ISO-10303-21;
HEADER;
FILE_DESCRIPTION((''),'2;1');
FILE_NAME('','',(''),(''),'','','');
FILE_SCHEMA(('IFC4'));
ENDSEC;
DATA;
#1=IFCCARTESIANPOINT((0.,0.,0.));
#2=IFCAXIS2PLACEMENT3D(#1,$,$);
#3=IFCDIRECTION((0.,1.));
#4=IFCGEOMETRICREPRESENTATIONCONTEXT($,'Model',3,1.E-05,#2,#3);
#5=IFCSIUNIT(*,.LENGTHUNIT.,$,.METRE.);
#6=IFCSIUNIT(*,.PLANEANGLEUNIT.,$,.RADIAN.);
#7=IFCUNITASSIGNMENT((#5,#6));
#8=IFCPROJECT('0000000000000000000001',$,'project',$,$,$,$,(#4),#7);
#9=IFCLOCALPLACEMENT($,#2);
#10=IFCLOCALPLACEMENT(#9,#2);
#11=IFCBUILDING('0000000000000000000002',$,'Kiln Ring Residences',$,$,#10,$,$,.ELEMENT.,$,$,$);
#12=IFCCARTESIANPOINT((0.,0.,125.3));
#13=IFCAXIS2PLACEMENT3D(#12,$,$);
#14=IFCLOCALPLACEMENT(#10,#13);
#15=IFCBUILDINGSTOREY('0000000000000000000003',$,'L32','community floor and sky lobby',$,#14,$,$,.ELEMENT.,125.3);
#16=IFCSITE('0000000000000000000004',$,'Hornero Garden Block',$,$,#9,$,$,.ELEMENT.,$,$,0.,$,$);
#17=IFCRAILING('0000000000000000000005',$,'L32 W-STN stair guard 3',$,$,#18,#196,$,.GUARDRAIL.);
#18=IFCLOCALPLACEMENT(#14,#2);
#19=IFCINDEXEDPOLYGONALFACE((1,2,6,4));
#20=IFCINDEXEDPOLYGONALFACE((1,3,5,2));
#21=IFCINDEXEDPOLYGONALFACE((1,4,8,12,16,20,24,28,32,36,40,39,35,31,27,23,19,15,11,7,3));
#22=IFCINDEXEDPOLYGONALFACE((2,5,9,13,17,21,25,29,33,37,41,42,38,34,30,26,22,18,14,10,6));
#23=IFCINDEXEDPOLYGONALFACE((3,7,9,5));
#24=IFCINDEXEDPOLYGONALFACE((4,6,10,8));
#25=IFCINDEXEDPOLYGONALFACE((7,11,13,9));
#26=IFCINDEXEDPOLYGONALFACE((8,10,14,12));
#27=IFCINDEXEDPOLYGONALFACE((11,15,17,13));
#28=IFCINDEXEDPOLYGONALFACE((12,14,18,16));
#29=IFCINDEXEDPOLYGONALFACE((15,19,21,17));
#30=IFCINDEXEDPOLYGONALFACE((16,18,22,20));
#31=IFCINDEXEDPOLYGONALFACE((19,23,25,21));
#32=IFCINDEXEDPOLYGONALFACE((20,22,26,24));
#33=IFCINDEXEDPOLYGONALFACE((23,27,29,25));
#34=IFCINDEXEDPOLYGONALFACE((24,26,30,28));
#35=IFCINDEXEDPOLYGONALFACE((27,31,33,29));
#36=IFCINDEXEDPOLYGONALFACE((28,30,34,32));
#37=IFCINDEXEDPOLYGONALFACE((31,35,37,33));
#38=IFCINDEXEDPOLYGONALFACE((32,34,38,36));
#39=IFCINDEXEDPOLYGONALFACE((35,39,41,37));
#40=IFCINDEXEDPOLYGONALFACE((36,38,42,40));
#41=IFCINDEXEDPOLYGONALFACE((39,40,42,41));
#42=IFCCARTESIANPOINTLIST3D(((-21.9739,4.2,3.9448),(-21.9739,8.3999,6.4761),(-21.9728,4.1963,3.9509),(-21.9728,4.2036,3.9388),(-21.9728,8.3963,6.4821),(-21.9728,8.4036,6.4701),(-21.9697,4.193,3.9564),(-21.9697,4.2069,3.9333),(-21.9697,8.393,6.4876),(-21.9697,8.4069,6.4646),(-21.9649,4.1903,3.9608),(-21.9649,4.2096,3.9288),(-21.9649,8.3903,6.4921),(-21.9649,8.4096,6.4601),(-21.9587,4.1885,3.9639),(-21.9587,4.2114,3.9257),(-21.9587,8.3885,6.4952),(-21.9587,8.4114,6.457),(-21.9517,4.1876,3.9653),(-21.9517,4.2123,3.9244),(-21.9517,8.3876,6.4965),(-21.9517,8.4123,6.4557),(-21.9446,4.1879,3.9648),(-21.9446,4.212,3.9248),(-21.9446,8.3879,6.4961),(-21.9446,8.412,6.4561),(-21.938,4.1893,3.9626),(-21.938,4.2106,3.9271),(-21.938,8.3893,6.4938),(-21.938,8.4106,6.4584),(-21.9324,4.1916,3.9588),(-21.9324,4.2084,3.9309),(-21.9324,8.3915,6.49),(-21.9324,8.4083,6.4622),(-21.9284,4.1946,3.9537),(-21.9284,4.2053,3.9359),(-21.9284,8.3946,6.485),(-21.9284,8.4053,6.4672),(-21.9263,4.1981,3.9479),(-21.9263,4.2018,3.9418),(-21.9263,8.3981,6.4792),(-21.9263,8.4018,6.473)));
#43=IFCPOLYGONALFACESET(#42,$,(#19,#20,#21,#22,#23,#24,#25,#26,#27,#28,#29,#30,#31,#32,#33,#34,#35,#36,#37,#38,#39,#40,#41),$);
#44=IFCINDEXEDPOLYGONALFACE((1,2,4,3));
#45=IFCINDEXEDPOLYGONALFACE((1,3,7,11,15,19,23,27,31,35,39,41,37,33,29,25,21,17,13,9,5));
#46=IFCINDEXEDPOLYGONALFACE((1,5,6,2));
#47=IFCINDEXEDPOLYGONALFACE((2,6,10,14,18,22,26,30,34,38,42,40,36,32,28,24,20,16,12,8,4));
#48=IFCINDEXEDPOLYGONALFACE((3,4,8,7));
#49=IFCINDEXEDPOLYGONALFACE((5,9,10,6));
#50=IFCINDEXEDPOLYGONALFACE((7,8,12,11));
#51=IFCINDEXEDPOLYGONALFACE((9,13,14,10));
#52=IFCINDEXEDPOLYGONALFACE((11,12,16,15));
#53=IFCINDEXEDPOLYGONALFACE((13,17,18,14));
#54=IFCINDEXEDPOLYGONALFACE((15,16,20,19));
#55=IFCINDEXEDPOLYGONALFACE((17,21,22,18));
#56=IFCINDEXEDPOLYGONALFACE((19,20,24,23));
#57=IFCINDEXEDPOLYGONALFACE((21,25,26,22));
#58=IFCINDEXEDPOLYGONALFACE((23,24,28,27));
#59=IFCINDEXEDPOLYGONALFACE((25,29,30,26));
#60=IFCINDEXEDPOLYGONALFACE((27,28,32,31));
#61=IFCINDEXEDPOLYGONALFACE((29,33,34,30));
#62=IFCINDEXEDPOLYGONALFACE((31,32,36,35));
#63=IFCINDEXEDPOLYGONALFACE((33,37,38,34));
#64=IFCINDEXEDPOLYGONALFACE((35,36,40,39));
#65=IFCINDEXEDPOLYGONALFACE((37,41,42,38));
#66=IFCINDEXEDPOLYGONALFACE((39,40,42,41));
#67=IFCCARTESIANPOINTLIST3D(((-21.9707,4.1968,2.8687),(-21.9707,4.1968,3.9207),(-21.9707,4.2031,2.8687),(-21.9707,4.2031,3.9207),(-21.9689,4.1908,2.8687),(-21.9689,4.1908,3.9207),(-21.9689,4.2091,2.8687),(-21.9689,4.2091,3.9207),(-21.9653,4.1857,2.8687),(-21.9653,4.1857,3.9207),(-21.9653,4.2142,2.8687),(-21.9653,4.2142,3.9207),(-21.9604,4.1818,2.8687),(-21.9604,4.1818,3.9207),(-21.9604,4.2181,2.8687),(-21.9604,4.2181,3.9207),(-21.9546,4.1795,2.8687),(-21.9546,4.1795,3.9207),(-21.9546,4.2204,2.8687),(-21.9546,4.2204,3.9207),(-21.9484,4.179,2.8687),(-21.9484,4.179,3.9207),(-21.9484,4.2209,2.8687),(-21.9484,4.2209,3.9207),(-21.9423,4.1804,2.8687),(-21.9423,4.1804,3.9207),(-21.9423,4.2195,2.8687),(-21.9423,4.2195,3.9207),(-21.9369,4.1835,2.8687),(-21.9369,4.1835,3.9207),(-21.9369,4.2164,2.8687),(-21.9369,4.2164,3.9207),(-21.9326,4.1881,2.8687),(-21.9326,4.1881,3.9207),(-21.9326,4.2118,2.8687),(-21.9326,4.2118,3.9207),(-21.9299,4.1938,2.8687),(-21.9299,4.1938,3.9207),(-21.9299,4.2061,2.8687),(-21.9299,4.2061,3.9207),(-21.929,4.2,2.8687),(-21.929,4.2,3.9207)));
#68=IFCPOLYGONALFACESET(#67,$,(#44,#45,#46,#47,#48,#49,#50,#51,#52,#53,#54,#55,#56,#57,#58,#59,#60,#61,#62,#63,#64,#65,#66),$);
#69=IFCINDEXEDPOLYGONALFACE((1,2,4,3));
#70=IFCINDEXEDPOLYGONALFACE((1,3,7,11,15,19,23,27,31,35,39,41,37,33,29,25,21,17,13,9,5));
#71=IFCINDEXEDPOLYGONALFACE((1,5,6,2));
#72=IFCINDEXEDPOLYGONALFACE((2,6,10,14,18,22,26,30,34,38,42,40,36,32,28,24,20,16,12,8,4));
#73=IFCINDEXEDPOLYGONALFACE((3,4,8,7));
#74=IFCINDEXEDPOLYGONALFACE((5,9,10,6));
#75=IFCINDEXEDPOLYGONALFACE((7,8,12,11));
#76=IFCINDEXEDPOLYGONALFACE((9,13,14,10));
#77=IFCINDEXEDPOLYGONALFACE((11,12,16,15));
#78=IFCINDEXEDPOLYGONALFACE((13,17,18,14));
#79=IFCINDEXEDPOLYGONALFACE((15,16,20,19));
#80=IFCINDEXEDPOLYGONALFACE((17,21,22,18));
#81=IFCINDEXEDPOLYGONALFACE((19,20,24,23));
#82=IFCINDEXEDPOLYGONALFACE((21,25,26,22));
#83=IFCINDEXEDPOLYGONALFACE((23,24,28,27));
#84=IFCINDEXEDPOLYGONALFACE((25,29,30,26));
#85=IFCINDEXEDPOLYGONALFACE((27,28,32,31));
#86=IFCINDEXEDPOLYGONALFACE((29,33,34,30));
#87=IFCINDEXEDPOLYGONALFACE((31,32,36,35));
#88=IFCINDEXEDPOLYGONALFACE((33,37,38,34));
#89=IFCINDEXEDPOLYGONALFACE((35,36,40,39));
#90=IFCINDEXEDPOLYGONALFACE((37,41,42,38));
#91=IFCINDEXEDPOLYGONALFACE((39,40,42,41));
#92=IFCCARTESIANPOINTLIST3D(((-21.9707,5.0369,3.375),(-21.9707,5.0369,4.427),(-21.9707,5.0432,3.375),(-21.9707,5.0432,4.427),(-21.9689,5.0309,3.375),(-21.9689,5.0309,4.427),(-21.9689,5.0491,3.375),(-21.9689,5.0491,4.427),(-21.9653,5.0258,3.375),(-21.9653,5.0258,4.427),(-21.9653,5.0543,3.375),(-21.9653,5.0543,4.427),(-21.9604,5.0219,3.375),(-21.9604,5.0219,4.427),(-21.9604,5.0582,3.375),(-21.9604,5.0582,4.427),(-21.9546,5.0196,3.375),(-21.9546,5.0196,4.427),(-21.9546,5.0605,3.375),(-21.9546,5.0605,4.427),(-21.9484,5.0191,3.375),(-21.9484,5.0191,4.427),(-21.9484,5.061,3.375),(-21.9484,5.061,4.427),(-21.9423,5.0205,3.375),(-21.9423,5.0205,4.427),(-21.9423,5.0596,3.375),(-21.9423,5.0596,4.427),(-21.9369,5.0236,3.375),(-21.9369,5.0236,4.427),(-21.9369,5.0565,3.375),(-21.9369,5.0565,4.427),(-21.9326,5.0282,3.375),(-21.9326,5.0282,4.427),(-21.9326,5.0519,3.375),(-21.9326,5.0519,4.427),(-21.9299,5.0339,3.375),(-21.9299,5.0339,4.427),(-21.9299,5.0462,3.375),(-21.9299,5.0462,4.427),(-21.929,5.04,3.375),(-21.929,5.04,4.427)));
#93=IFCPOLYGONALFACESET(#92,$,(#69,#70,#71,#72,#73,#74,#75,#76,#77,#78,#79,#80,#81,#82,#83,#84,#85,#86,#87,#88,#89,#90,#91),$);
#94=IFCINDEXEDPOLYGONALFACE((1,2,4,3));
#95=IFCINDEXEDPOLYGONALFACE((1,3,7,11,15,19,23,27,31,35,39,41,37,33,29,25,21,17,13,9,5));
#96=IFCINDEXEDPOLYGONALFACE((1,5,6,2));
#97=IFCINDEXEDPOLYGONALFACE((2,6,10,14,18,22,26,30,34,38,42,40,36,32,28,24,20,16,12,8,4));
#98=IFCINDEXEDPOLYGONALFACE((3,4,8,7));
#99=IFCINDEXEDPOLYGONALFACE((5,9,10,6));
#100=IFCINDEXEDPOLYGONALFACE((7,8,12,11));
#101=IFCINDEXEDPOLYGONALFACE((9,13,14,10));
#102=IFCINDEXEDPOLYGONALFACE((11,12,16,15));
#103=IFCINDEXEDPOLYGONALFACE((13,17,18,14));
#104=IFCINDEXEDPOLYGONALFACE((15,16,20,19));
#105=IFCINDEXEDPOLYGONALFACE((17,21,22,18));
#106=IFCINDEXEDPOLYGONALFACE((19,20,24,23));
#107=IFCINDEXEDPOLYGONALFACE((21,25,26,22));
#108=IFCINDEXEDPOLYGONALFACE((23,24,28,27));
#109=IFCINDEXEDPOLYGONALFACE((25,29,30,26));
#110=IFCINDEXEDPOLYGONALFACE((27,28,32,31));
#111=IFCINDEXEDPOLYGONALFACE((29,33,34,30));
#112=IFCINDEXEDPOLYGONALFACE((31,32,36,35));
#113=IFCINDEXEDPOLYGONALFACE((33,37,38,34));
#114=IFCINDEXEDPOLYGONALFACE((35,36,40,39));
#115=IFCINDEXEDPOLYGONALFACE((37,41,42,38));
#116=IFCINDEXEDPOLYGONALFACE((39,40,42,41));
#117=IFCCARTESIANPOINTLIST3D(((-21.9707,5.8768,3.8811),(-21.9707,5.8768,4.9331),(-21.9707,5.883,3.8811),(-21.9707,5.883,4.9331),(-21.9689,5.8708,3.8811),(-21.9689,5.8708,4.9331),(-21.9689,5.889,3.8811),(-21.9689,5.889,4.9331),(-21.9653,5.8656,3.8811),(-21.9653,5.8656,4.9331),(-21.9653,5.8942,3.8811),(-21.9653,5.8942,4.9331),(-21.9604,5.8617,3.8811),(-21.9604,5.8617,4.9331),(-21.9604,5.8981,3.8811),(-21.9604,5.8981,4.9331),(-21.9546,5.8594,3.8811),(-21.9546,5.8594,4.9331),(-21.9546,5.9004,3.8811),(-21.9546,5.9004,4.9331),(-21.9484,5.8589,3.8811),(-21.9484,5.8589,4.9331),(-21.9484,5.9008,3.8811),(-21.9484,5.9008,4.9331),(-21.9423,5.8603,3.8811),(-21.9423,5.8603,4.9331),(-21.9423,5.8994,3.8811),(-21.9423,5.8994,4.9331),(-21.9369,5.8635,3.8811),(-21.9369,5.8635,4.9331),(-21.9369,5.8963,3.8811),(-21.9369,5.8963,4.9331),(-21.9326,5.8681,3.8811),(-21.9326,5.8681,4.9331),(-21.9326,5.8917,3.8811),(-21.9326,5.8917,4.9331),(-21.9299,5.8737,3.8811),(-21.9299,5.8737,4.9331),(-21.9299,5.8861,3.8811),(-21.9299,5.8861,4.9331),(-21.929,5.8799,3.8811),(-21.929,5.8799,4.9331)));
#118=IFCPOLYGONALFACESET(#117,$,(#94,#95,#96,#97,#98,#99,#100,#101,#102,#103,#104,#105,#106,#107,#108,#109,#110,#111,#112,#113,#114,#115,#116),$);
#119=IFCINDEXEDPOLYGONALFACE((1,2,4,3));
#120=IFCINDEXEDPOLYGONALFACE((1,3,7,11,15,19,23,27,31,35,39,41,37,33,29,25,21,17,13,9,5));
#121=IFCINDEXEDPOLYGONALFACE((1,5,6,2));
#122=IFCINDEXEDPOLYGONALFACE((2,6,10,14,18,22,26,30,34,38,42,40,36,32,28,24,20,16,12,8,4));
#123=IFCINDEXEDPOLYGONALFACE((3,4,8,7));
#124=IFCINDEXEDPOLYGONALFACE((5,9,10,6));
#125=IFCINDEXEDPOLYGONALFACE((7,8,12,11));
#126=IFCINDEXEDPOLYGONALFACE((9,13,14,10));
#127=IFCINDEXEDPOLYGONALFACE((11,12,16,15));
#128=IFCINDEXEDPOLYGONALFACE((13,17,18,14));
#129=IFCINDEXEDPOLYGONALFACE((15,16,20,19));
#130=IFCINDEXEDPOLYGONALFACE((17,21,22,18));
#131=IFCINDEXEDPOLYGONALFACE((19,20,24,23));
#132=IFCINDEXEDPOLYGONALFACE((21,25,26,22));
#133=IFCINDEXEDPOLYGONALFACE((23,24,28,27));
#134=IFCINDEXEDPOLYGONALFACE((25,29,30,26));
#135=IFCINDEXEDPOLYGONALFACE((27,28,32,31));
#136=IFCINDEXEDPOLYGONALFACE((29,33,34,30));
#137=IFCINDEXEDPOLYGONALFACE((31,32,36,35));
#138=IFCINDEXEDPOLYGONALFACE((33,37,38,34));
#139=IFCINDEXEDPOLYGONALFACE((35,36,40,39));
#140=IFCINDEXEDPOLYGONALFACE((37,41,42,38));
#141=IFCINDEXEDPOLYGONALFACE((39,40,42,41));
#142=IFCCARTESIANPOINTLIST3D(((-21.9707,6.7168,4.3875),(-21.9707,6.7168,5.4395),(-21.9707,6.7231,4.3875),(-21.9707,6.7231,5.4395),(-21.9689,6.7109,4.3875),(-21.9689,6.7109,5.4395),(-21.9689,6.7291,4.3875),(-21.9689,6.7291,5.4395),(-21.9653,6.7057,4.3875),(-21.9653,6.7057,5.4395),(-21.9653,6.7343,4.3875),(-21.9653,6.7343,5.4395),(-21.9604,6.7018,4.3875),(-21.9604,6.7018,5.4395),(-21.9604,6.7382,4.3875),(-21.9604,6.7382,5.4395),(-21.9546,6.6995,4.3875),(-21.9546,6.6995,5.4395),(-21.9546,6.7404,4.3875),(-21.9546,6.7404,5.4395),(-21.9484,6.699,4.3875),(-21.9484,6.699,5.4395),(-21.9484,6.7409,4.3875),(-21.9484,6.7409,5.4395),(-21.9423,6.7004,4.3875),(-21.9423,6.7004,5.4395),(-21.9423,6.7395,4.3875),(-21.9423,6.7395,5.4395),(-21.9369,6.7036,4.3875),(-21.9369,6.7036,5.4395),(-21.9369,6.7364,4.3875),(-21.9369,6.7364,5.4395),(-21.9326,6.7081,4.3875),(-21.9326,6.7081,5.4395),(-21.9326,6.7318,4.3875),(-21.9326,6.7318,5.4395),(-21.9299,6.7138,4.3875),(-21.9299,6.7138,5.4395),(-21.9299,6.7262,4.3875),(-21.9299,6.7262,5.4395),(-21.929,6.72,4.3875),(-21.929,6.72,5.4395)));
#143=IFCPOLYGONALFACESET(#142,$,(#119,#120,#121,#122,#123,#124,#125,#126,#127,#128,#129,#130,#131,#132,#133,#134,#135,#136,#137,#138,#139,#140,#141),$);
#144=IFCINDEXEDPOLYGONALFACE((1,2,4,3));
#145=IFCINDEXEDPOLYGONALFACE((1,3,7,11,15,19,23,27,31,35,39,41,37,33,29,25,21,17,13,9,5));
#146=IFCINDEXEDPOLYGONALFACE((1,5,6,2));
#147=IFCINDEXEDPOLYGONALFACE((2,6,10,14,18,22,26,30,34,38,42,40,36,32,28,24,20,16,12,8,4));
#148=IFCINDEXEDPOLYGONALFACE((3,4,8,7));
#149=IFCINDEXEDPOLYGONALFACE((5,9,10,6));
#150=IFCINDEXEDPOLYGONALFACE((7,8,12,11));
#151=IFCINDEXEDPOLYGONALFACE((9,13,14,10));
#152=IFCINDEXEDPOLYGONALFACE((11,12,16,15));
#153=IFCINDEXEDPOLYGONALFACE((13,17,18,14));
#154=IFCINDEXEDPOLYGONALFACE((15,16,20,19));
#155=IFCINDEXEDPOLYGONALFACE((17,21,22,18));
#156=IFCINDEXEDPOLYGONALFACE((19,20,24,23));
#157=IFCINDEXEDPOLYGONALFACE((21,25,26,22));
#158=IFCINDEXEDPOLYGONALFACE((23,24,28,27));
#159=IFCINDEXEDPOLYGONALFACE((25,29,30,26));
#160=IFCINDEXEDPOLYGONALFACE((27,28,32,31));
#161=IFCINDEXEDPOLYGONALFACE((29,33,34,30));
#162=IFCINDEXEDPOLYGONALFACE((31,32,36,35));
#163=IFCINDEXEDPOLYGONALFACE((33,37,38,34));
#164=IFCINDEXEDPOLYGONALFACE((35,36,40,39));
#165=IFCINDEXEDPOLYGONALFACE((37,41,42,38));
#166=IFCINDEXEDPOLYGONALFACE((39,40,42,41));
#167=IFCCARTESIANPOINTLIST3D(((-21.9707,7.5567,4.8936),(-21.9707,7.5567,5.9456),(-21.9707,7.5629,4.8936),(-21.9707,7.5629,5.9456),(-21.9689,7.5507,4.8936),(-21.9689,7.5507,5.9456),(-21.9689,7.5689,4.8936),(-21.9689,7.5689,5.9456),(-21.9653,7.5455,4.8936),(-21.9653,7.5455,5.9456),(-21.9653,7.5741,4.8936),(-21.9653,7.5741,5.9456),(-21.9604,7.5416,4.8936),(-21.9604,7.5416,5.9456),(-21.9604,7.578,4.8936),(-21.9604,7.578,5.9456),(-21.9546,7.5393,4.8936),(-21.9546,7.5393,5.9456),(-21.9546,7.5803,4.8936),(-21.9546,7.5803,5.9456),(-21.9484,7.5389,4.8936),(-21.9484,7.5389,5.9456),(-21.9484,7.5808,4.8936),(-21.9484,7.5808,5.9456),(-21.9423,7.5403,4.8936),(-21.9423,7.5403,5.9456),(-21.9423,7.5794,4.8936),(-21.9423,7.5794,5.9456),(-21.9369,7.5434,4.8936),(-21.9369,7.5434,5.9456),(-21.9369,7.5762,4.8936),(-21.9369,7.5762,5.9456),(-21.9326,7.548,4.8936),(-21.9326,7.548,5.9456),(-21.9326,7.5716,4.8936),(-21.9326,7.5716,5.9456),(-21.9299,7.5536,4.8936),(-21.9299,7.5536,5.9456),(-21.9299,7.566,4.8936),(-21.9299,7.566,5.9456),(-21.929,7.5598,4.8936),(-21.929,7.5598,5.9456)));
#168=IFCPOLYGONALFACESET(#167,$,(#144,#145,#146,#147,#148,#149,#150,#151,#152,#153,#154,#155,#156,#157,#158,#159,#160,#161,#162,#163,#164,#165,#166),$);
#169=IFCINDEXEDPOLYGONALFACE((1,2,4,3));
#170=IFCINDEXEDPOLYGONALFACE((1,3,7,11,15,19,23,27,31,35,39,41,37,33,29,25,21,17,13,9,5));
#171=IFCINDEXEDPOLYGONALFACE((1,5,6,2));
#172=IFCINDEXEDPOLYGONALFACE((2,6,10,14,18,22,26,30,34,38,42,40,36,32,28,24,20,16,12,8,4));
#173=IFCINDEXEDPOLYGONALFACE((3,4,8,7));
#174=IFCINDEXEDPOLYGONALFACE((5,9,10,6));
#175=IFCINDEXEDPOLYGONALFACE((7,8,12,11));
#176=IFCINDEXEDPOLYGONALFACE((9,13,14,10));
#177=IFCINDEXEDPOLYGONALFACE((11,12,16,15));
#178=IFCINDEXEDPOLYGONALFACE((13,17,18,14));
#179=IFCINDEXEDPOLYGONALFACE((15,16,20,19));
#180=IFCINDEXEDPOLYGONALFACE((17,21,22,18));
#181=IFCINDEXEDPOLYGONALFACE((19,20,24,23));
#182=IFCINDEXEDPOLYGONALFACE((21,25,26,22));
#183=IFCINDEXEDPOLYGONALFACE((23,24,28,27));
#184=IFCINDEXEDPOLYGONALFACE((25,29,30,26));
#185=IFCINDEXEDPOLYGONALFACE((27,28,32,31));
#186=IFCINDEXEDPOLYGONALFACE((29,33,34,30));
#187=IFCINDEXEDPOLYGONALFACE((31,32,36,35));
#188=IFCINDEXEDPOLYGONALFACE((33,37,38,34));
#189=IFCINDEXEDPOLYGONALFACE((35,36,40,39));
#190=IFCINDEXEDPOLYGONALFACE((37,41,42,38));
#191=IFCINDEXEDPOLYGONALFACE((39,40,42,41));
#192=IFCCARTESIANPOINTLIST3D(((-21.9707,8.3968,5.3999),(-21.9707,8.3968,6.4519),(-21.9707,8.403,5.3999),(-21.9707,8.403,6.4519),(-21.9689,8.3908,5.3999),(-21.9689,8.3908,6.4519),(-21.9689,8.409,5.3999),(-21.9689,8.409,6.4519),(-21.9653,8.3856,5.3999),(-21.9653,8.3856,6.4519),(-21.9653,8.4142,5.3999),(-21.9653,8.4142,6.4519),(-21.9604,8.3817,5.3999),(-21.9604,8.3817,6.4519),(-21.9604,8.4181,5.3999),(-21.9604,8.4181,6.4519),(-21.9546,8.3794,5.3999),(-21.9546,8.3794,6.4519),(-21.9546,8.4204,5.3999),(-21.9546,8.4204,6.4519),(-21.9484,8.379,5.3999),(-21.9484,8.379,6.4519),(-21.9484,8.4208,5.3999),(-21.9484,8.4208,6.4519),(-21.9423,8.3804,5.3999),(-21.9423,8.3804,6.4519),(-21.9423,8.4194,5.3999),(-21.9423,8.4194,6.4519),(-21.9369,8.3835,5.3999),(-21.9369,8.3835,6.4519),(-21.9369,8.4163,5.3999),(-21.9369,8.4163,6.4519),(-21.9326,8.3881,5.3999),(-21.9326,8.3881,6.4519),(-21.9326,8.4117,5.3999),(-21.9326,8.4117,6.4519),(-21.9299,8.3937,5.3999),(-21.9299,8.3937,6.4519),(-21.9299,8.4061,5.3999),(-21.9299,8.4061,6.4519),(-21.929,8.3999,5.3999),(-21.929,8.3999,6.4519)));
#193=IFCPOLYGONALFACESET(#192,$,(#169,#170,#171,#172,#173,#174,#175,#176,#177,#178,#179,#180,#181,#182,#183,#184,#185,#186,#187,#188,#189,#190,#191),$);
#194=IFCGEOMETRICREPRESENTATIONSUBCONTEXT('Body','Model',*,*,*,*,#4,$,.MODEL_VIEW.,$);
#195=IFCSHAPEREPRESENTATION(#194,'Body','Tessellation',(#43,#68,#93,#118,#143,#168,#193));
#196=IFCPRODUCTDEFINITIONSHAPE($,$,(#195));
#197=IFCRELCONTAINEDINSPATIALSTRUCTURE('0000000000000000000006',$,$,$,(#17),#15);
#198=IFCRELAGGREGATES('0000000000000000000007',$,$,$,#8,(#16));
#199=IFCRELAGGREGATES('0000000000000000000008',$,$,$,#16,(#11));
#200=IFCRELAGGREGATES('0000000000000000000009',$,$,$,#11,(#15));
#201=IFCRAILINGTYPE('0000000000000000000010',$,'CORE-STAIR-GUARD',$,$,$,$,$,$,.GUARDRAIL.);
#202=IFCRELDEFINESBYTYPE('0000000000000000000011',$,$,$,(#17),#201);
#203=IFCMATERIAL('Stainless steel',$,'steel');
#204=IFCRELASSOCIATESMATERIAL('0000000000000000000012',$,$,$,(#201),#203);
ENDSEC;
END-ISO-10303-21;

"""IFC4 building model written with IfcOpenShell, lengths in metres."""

from ifc_helpers import new_model, si_unit, direction, frame, origin, origin_2d, place, context, subcontext, project, spatial, circle, extrude, material, type_object, element, save


model = new_model("IFC4")

# Units and contexts
model_context = context("Model", 3, precision=1e-05, world=origin(), true_north=direction((0.0, 1.0)))
body_context = subcontext(model_context, "Body", "Model", "MODEL_VIEW")
ifc_project = project(units=[si_unit("LENGTHUNIT", "METRE"), si_unit("PLANEANGLEUNIT", "RADIAN")], contexts=[model_context])

# Site, building, storey
site_placement = place(None, origin())
site = spatial("IfcSite", under=ifc_project, at=site_placement, Name="Hornero Garden Block", CompositionType="ELEMENT", RefElevation=0.0)
building_placement = place(site_placement, origin())
building = spatial("IfcBuilding", under=site, at=building_placement, Name="Kiln Ring Residences", CompositionType="ELEMENT")
storey_placement = place(building_placement, frame((0.0, 0.0, 125.3)))
storey = spatial("IfcBuildingStorey", under=building, at=storey_placement, Name="L32", Description="community floor and sky lobby", CompositionType="ELEMENT", Elevation=125.3)

# Railing
ifc_material_1 = material(Name="Stainless steel", Category="steel")
railing_type_1 = type_object("IfcRailingType", Name="CORE-STAIR-GUARD", PredefinedType="GUARDRAIL", material=ifc_material_1)
railing_1_placement = place(storey_placement, frame((-21.95, 4.2, 2.8687)))
element("IfcRailing", 1, at=railing_1_placement, inside=storey, type_object=railing_type_1, Name="L32 W-STN stair guard 3", PredefinedType="GUARDRAIL", context=body_context, shape_type="SweptSolid", body=[
    extrude(circle(Radius=0.0239, at=origin_2d()), frame((0.0, 0.0, 1.0762), z_axis=(0.0, 0.856476, 0.516186), x_axis=(-1.0, 0.0, 0.0)), (0.0, 0.0, 1.0), 4.9038),
    extrude(circle(Radius=0.021, at=origin_2d()), origin(), (0.0, 0.0, 1.0), 1.052),
    extrude(circle(Radius=0.021, at=origin_2d()), frame((0.0, 0.8401, 0.5063)), (0.0, 0.0, 1.0), 1.052),
    extrude(circle(Radius=0.021, at=origin_2d()), frame((0.0, 1.6799, 1.0125)), (0.0, 0.0, 1.0), 1.052),
    extrude(circle(Radius=0.021, at=origin_2d()), frame((0.0, 2.52, 1.5188)), (0.0, 0.0, 1.0), 1.052),
    extrude(circle(Radius=0.021, at=origin_2d()), frame((0.0, 3.3599, 2.0249)), (0.0, 0.0, 1.0), 1.052),
    extrude(circle(Radius=0.021, at=origin_2d()), frame((0.0, 4.2, 2.5312)), (0.0, 0.0, 1.0), 1.052),
])

save(model, "model.ifc")
